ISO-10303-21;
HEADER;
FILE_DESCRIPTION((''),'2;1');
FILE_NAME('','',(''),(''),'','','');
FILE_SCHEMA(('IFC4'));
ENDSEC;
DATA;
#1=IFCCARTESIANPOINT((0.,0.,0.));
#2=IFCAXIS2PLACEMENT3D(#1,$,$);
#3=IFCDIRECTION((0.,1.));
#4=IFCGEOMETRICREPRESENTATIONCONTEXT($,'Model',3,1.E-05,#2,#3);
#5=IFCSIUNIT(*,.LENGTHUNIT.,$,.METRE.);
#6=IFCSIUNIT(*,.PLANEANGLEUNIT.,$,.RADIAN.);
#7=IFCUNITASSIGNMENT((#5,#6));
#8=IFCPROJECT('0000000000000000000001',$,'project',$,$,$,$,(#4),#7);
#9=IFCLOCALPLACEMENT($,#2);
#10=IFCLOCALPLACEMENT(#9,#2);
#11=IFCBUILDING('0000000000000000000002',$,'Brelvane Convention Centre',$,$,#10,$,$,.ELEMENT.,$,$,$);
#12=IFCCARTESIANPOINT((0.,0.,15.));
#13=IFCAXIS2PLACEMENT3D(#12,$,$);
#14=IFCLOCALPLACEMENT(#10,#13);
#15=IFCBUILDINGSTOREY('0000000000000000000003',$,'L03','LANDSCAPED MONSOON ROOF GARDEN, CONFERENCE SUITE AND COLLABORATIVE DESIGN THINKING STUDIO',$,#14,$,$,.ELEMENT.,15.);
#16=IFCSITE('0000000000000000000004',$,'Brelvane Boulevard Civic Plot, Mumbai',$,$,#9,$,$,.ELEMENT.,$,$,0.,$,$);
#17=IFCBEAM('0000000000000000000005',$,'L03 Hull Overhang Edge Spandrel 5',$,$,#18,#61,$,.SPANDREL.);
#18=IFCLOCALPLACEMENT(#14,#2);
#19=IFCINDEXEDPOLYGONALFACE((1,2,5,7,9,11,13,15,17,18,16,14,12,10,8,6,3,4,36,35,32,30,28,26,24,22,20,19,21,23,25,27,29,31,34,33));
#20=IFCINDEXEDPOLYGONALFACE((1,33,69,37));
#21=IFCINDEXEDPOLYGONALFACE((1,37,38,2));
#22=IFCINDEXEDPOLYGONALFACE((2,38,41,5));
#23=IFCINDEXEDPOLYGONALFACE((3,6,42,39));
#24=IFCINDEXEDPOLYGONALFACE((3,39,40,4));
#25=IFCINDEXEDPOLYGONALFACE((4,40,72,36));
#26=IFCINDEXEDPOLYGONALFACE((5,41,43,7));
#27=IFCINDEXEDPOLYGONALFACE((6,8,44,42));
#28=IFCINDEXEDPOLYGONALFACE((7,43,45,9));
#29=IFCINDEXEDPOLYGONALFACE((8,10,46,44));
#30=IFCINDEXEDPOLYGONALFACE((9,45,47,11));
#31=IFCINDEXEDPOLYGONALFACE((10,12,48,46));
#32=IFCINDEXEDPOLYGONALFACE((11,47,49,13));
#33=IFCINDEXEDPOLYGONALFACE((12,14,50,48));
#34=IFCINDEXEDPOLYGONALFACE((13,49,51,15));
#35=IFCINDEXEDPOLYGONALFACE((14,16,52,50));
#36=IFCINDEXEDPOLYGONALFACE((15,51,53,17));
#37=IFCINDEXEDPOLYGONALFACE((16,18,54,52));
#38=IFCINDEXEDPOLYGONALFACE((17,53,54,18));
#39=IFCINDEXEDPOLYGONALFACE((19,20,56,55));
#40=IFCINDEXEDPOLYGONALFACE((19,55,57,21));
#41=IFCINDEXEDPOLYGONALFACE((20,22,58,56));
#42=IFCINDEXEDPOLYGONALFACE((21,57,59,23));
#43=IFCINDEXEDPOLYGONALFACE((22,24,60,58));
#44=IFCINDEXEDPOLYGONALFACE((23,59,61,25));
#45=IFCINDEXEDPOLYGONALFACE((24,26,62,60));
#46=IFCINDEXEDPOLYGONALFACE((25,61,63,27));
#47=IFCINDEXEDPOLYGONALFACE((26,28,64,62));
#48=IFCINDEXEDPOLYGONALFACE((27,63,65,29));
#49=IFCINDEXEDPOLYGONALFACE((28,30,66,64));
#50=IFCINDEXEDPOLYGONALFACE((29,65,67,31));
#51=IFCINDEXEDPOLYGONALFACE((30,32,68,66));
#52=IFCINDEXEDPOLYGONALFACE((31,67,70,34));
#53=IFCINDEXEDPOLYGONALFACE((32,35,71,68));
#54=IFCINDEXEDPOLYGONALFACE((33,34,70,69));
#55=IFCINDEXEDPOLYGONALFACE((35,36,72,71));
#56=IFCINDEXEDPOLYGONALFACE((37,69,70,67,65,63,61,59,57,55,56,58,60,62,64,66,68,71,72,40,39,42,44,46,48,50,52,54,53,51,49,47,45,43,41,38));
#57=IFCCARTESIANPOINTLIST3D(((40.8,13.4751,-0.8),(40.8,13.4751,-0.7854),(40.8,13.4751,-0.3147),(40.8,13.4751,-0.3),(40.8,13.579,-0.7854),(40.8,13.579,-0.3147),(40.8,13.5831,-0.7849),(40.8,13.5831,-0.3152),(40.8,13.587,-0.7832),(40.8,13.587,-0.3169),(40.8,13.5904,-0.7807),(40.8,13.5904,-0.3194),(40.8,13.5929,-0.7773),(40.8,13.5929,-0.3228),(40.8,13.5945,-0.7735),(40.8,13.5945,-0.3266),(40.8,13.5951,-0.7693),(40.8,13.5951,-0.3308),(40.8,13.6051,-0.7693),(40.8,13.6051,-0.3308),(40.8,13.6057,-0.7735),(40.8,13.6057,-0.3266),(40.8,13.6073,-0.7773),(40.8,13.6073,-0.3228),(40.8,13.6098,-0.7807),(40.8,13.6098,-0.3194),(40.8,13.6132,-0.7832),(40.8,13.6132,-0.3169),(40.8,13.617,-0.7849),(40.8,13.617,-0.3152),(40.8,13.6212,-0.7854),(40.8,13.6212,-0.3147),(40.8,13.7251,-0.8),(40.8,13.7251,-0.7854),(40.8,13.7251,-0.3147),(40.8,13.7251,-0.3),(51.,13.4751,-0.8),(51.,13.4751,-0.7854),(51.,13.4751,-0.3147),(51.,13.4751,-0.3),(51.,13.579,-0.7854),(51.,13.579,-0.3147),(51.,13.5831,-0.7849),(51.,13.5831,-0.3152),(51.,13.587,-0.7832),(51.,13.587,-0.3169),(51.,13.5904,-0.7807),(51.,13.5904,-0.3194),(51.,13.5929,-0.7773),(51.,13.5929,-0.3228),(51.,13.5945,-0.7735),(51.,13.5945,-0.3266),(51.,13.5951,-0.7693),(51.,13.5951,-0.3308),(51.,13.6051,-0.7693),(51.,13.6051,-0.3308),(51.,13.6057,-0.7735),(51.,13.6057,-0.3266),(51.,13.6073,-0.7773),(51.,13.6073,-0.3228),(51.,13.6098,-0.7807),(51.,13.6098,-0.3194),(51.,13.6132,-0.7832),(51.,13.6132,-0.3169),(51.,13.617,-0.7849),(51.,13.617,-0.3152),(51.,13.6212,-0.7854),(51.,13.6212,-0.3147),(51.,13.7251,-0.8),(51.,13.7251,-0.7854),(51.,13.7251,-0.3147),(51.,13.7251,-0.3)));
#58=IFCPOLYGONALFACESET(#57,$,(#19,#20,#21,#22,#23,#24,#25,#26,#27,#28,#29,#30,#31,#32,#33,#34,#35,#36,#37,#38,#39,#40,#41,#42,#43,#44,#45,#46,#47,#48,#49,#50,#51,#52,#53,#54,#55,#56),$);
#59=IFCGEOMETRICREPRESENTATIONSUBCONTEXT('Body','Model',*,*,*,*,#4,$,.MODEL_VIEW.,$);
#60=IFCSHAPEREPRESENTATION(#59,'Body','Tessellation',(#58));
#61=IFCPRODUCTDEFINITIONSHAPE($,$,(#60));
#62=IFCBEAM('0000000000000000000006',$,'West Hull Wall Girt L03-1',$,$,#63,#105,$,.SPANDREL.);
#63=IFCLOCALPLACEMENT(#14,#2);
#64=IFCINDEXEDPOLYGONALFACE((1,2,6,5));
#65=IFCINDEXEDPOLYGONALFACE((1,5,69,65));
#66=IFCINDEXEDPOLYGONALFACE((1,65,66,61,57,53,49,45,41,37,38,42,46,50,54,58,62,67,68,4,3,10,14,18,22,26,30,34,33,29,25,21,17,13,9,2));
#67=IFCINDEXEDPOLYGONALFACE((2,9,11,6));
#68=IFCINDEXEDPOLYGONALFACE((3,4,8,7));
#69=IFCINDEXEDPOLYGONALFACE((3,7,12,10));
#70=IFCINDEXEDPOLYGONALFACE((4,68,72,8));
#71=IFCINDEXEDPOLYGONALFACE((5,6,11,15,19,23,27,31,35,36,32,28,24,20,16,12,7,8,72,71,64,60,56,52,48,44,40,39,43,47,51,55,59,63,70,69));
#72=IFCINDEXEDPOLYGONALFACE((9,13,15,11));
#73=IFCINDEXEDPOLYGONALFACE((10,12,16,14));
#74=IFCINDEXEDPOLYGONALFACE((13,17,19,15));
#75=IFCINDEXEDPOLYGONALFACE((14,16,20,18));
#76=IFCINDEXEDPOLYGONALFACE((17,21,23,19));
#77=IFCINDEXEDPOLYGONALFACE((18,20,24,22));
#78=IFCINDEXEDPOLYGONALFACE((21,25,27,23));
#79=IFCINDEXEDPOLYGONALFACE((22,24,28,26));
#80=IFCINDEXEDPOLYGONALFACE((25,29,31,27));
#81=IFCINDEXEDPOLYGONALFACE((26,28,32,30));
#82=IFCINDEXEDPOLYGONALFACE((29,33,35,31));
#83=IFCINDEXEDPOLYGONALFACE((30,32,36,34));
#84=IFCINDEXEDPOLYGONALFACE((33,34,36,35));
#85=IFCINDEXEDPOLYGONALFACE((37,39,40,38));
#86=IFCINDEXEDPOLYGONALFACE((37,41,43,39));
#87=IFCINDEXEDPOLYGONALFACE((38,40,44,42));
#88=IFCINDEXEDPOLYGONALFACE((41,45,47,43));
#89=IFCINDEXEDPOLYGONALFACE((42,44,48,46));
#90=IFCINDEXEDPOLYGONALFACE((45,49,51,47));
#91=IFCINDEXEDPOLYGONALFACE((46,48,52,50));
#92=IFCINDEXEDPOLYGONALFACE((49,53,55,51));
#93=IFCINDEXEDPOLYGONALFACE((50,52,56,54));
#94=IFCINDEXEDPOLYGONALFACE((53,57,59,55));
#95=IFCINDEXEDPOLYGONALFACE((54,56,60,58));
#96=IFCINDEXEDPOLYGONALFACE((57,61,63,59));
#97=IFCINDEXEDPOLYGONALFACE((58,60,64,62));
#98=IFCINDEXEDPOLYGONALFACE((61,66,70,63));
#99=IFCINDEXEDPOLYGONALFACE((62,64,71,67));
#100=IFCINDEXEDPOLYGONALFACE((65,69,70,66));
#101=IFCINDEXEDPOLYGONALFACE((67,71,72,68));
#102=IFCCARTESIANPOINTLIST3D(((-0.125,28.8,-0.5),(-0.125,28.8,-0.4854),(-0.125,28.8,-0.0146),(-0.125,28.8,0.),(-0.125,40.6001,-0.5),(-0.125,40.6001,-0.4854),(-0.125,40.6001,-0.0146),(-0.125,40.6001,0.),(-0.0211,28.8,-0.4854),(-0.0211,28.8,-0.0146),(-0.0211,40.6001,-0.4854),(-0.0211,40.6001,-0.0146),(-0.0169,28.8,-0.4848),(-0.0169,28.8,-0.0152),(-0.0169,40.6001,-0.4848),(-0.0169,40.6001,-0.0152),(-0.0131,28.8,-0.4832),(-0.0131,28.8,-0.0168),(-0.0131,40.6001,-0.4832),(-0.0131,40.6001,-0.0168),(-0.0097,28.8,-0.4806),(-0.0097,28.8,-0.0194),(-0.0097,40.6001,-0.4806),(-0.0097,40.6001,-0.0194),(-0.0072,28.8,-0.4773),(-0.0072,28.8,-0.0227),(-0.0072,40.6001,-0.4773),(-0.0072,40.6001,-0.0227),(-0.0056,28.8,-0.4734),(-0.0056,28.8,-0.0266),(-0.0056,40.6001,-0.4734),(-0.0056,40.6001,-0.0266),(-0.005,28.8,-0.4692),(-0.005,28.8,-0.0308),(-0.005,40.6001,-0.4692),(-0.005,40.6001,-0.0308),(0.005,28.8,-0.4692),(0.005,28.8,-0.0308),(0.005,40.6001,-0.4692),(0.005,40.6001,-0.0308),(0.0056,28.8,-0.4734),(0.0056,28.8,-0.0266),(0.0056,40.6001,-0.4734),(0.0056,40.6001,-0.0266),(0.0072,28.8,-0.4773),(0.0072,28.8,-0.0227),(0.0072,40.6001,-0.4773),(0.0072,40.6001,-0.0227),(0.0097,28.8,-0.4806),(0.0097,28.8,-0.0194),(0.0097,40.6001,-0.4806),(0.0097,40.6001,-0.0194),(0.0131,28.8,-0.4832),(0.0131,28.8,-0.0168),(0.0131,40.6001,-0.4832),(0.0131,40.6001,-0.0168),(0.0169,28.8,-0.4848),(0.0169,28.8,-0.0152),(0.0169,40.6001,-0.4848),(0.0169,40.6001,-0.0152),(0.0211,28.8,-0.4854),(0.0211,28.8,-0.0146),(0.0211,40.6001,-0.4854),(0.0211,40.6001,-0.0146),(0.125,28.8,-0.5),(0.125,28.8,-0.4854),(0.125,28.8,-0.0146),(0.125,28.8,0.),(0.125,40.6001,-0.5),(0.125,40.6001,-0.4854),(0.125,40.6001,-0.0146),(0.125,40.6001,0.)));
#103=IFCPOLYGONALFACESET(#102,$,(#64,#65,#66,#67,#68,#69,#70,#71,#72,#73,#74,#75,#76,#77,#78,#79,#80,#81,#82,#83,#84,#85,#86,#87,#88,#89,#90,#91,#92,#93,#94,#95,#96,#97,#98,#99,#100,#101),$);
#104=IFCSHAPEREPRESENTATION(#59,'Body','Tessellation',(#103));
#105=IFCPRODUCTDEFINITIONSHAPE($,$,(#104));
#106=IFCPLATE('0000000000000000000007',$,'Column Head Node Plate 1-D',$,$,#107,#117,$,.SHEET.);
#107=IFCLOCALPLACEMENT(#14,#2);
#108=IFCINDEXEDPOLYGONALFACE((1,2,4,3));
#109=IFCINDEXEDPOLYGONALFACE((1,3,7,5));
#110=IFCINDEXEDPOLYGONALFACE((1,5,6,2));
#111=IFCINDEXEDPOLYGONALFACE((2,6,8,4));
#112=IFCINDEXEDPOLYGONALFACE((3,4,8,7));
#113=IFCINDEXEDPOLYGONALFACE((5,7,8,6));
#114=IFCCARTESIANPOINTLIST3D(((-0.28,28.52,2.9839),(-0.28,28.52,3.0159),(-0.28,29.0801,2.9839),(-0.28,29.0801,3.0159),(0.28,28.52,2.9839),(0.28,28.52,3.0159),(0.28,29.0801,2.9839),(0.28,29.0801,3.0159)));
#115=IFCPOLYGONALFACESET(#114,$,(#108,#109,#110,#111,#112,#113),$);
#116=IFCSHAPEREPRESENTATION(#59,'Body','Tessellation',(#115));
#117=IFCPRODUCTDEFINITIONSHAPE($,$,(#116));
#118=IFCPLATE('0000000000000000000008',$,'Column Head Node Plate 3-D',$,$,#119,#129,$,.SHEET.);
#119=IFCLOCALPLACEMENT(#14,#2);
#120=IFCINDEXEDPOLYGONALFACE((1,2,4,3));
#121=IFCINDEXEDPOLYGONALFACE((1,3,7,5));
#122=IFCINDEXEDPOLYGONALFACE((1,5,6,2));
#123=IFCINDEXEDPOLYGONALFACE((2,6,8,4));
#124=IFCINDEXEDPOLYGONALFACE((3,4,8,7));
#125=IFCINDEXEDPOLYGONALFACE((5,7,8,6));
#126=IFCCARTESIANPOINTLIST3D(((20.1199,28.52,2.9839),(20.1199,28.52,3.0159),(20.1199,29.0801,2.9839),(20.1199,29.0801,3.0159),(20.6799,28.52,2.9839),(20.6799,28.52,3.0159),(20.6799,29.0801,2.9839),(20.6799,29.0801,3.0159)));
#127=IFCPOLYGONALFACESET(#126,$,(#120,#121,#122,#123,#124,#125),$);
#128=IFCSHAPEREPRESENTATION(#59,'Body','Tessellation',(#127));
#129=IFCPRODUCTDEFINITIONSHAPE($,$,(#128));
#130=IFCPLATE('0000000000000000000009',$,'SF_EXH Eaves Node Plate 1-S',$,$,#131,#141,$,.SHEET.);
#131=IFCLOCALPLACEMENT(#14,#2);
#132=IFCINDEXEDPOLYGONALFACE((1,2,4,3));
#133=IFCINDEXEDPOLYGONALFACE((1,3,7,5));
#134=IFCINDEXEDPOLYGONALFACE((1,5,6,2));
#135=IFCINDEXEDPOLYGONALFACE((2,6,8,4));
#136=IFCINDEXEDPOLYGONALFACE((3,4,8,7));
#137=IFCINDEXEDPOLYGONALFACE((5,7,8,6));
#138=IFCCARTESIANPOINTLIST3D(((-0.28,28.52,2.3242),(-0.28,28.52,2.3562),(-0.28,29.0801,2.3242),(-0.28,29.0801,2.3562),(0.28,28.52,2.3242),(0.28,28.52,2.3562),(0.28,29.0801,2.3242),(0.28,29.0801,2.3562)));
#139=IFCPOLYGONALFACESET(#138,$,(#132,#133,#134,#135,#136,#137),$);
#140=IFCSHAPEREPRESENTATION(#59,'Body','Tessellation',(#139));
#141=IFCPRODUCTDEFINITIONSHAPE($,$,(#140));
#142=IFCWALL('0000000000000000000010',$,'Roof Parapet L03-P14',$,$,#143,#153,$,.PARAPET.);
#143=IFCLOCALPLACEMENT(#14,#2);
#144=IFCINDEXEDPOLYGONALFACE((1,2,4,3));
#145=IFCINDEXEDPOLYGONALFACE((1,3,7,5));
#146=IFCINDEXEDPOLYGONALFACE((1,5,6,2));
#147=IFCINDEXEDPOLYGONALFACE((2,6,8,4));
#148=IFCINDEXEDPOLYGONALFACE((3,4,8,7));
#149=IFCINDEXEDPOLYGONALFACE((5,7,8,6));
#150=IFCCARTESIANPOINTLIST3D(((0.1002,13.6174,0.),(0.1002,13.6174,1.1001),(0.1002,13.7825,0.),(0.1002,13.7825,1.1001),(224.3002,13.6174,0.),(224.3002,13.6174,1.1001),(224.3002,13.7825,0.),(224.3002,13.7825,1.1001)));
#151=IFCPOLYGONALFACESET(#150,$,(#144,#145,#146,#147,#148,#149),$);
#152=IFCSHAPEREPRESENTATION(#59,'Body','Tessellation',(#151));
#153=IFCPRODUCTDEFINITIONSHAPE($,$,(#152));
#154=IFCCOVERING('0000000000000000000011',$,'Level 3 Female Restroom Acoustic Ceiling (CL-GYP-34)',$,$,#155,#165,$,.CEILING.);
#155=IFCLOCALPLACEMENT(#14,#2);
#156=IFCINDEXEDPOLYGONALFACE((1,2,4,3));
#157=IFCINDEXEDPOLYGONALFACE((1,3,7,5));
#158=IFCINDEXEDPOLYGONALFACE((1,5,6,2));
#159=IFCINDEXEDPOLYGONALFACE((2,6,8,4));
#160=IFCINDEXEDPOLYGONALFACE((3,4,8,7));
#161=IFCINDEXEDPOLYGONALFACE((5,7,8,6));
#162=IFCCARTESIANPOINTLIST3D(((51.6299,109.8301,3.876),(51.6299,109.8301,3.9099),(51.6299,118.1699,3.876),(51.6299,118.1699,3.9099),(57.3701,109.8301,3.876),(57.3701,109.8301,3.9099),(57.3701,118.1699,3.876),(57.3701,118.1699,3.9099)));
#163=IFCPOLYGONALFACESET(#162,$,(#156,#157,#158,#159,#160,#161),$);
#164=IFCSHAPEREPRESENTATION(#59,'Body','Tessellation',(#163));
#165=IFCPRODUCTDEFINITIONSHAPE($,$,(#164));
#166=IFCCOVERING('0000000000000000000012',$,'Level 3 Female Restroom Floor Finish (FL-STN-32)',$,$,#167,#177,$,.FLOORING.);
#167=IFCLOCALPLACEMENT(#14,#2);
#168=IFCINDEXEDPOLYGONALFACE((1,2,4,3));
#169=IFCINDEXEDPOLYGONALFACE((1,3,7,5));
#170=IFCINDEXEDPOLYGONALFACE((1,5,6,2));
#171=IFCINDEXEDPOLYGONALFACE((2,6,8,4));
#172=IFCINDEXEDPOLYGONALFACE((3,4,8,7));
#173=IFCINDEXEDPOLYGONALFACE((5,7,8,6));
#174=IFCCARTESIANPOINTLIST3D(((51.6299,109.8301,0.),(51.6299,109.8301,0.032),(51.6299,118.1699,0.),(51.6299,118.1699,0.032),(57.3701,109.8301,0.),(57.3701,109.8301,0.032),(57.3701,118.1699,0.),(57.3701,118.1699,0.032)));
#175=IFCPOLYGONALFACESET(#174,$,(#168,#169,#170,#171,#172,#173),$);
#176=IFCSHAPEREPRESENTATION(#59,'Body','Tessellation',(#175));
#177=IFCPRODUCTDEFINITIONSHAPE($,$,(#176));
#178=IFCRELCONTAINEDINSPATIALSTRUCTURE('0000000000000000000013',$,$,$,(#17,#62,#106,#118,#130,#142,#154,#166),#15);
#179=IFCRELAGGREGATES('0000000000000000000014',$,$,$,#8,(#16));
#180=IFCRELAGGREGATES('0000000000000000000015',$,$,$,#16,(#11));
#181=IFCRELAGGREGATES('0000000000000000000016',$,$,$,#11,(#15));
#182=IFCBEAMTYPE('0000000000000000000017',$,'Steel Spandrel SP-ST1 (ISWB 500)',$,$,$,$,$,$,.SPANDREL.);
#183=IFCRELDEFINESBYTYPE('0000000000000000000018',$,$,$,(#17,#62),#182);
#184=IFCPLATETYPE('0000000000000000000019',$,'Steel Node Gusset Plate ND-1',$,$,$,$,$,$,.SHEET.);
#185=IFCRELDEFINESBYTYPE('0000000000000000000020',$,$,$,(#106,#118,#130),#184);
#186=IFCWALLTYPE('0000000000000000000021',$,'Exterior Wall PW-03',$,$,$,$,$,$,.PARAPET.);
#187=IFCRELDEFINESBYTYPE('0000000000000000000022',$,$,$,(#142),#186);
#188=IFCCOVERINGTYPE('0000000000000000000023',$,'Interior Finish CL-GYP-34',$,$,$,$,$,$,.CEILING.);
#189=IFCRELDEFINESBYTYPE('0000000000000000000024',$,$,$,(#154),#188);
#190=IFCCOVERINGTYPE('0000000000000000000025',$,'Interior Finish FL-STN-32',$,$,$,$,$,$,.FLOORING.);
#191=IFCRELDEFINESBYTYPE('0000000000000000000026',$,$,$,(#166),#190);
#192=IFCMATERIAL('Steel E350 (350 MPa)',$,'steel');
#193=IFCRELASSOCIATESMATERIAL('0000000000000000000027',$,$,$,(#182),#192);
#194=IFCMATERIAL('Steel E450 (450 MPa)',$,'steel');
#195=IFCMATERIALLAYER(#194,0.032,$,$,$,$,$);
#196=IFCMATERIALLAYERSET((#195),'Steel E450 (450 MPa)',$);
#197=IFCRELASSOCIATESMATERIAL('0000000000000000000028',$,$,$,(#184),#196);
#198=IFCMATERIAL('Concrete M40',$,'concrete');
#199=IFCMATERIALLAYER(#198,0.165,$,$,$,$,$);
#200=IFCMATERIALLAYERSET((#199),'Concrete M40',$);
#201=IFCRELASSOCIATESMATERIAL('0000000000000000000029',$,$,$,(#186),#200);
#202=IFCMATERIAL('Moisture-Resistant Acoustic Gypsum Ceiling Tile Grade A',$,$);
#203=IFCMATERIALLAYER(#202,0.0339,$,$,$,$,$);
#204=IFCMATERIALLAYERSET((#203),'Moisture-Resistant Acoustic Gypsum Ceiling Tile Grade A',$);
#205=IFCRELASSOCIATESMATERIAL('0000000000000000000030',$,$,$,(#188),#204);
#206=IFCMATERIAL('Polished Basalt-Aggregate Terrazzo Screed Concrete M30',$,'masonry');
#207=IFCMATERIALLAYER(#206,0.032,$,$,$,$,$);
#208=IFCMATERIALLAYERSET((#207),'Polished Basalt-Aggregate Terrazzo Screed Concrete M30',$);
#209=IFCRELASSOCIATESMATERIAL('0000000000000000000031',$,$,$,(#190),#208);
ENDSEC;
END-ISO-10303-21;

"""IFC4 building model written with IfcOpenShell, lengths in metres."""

from ifc_helpers import new_model, si_unit, direction, frame, frame_2d, origin, origin_2d, place, context, subcontext, project, spatial, polyline, rectangle, i_section, outline, extrude, material, layer, layer_set, material_profile, profile_set, type_object, element, save


model = new_model("IFC4")

# Units and contexts
model_context = context("Model", 3, precision=1e-05, world=origin(), true_north=direction((0.0, 1.0)))
body_context = subcontext(model_context, "Body", "Model", "MODEL_VIEW")
ifc_project = project(units=[si_unit("LENGTHUNIT", "METRE"), si_unit("PLANEANGLEUNIT", "RADIAN")], contexts=[model_context])

# Site, building, storey
site_placement = place(None, origin())
site = spatial("IfcSite", under=ifc_project, at=site_placement, Name="Brelvane Boulevard Civic Plot, Mumbai", CompositionType="ELEMENT", RefElevation=0.0)
building_placement = place(site_placement, origin())
building = spatial("IfcBuilding", under=site, at=building_placement, Name="Brelvane Convention Centre", CompositionType="ELEMENT")
storey_placement = place(building_placement, frame((0.0, 0.0, 15.0)))
storey = spatial("IfcBuildingStorey", under=building, at=storey_placement, Name="L03", Description="LANDSCAPED MONSOON ROOF GARDEN, CONFERENCE SUITE AND COLLABORATIVE DESIGN THINKING STUDIO", CompositionType="ELEMENT", Elevation=15.0)

# Beams
ifc_material_1 = material(Name="Steel E350 (350 MPa)", Category="steel")
ifc_material_profile_1 = material_profile(ifc_material_1, i_section(OverallWidth=0.25, OverallDepth=0.5, WebThickness=0.01, FlangeThickness=0.0146, FilletRadius=0.0161, at=origin_2d()), Name="ISWB 500")
ifc_profile_set_1 = profile_set([ifc_material_profile_1], Name="Steel E350 (350 MPa)")
beam_type_1 = type_object("IfcBeamType", Name="Steel Spandrel SP-ST1 (ISWB 500)", PredefinedType="SPANDREL", material=ifc_profile_set_1)
for number, where, z_axis, x_axis, name in (
    (1, (40.8, 13.6001, -0.55), (1.0, 0.0, 0.0), (0.0, 1.0, 0.0), "L03 Hull Overhang Edge Spandrel 5"),
):
    element("IfcBeam", number, at=place(storey_placement, frame(where, z_axis=z_axis, x_axis=x_axis)), inside=storey, type_object=beam_type_1, Name=name, PredefinedType="SPANDREL", context=body_context, shape_type="SweptSolid", body=[
        extrude(i_section(OverallWidth=0.25, OverallDepth=0.5, WebThickness=0.01, FlangeThickness=0.0146, FilletRadius=0.0161, at=origin_2d()), origin(), (0.0, 0.0, 1.0), 10.2),
    ])
beam_1_placement = place(storey_placement, frame((0.0, 28.8, -0.25), z_axis=(0.0, 1.0, 0.0), x_axis=(-1.0, 0.0, 0.0)))
element("IfcBeam", 2, at=beam_1_placement, inside=storey, type_object=beam_type_1, Name="West Hull Wall Girt L03-1", PredefinedType="SPANDREL", context=body_context, shape_type="SweptSolid", body=[
    extrude(i_section(OverallWidth=0.25, OverallDepth=0.5, WebThickness=0.01, FlangeThickness=0.0146, FilletRadius=0.0161, at=origin_2d()), origin(), (0.0, 0.0, 1.0), 11.8),
])

# Plates
ifc_material_2 = material(Name="Steel E450 (450 MPa)", Category="steel")
ifc_layer_1 = layer(ifc_material_2, 0.032)
ifc_layer_set_1 = layer_set([ifc_layer_1], Name="Steel E450 (450 MPa)")
plate_type = type_object("IfcPlateType", Name="Steel Node Gusset Plate ND-1", PredefinedType="SHEET", material=ifc_layer_set_1)
for number, where, z_axis, x_axis, name in (
    (3, (0.0, 28.8, 2.9839), (0.0, 0.0, 1.0), (1.0, 0.0, 0.0), "Column Head Node Plate 1-D"),
    (4, (20.3999, 28.8, 2.9839), (0.0, 0.0, 1.0), (1.0, 0.0, 0.0), "Column Head Node Plate 3-D"),
    (5, (0.0, 28.8, 2.3242), (0.0, 0.0, 1.0), (1.0, 0.0, 0.0), "SF_EXH Eaves Node Plate 1-S"),
):
    element("IfcPlate", number, at=place(storey_placement, frame(where, z_axis=z_axis, x_axis=x_axis)), inside=storey, type_object=plate_type, Name=name, PredefinedType="SHEET", context=body_context, shape_type="SweptSolid", body=[
        extrude(rectangle(XDim=0.5601, YDim=0.5601, at=origin_2d()), origin(), (0.0, 0.0, 1.0), 0.032),
    ])

# Wall
ifc_material_3 = material(Name="Concrete M40", Category="concrete")
ifc_layer_2 = layer(ifc_material_3, 0.165)
ifc_layer_set_2 = layer_set([ifc_layer_2], Name="Concrete M40")
wall_type = type_object("IfcWallType", Name="Exterior Wall PW-03", PredefinedType="PARAPET", material=ifc_layer_set_2)
wall_placement = place(storey_placement, frame((0.1001, 13.7, 0.0), z_axis=(0.0, 0.0, 1.0), x_axis=(1.0, 0.0, 0.0)))
element("IfcWall", 6, at=wall_placement, inside=storey, type_object=wall_type, Name="Roof Parapet L03-P14", PredefinedType="PARAPET", context=body_context, shape_type="SweptSolid", body=[
    extrude(rectangle(XDim=224.2, YDim=0.165, at=frame_2d((112.1001, 0.0))), origin(), (0.0, 0.0, 1.0), 1.1001),
])

# Coverings
ifc_material_4 = material(Name="Moisture-Resistant Acoustic Gypsum Ceiling Tile Grade A")
ifc_layer_3 = layer(ifc_material_4, 0.0339)
ifc_layer_set_3 = layer_set([ifc_layer_3], Name="Moisture-Resistant Acoustic Gypsum Ceiling Tile Grade A")
covering_type_1 = type_object("IfcCoveringType", Name="Interior Finish CL-GYP-34", PredefinedType="CEILING", material=ifc_layer_set_3)
covering_1_placement = place(storey_placement, frame((0.0, 0.0, 3.876)))
element("IfcCovering", 7, at=covering_1_placement, inside=storey, type_object=covering_type_1, Name="Level 3 Female Restroom Acoustic Ceiling (CL-GYP-34)", PredefinedType="CEILING", context=body_context, shape_type="SweptSolid", body=[
    extrude(outline(polyline([(51.6299, 109.8301), (57.3701, 109.8301), (57.3701, 118.1699), (51.6299, 118.1699), (51.6299, 109.8301)])), origin(), (0.0, 0.0, 1.0), 0.0339),
])
ifc_material_5 = material(Name="Polished Basalt-Aggregate Terrazzo Screed Concrete M30", Category="masonry")
ifc_layer_4 = layer(ifc_material_5, 0.032)
ifc_layer_set_4 = layer_set([ifc_layer_4], Name="Polished Basalt-Aggregate Terrazzo Screed Concrete M30")
covering_type_2 = type_object("IfcCoveringType", Name="Interior Finish FL-STN-32", PredefinedType="FLOORING", material=ifc_layer_set_4)
covering_2_placement = place(storey_placement, origin())
element("IfcCovering", 8, at=covering_2_placement, inside=storey, type_object=covering_type_2, Name="Level 3 Female Restroom Floor Finish (FL-STN-32)", PredefinedType="FLOORING", context=body_context, shape_type="SweptSolid", body=[
    extrude(outline(polyline([(51.6299, 109.8301), (57.3701, 109.8301), (57.3701, 118.1699), (51.6299, 118.1699), (51.6299, 109.8301)])), origin(), (0.0, 0.0, 1.0), 0.032),
])

save(model, "model.ifc")
